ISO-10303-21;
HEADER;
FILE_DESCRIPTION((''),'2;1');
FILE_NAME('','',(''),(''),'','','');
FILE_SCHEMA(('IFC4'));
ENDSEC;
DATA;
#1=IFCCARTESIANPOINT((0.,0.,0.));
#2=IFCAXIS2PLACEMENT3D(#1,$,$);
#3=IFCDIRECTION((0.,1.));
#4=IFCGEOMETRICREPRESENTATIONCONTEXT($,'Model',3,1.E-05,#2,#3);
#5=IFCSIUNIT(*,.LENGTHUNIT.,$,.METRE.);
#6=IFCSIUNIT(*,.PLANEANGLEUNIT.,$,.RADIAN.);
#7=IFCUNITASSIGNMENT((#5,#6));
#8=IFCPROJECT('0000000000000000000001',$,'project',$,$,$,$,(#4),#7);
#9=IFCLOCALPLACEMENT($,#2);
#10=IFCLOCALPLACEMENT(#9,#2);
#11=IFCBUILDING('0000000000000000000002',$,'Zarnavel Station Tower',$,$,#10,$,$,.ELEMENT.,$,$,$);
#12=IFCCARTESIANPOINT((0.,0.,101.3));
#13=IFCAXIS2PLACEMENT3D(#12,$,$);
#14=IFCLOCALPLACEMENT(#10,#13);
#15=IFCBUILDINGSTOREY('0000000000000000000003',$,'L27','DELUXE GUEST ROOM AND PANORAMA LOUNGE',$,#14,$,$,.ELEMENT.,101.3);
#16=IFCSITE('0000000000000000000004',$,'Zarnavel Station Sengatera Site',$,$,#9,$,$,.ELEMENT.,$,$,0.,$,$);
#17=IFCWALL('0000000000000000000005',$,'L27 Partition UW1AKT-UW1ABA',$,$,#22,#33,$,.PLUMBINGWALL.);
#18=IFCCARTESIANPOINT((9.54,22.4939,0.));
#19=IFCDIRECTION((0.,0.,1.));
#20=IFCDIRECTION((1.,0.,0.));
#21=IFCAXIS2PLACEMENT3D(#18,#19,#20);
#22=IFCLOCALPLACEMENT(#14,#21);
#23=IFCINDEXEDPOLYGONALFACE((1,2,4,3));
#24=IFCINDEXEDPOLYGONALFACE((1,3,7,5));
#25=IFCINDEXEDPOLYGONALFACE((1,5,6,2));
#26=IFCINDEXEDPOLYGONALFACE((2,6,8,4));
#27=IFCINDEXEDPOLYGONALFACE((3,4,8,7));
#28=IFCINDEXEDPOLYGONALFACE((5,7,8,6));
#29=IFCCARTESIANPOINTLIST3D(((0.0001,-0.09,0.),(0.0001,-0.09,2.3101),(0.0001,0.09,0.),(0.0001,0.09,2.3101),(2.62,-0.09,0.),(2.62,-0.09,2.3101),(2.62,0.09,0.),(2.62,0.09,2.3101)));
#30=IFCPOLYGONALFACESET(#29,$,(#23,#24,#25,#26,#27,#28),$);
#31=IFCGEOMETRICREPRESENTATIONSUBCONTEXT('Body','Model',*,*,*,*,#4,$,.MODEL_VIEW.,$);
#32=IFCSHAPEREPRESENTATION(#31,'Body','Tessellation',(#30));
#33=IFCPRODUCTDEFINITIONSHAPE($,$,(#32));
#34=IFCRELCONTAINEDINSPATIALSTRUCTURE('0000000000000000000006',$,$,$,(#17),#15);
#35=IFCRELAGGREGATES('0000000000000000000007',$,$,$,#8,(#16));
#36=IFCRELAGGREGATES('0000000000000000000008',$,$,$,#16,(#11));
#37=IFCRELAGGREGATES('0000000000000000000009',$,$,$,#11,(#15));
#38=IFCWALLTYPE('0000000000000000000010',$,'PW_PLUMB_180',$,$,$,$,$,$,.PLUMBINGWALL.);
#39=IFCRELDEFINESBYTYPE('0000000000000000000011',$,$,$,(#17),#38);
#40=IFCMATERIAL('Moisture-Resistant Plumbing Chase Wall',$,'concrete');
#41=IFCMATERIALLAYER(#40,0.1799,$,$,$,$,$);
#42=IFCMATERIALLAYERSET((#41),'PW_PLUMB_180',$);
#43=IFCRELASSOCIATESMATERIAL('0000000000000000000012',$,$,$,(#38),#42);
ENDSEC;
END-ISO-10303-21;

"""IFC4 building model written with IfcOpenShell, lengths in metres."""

from ifc_helpers import new_model, si_unit, direction, frame, frame_2d, origin, place, context, subcontext, project, spatial, rectangle, extrude, material, layer, layer_set, type_object, element, save


model = new_model("IFC4")

# Units and contexts
model_context = context("Model", 3, precision=1e-05, world=origin(), true_north=direction((0.0, 1.0)))
body_context = subcontext(model_context, "Body", "Model", "MODEL_VIEW")
ifc_project = project(units=[si_unit("LENGTHUNIT", "METRE"), si_unit("PLANEANGLEUNIT", "RADIAN")], contexts=[model_context])

# Site, building, storey
site_placement = place(None, origin())
site = spatial("IfcSite", under=ifc_project, at=site_placement, Name="Zarnavel Station Sengatera Site", CompositionType="ELEMENT", RefElevation=0.0)
building_placement = place(site_placement, origin())
building = spatial("IfcBuilding", under=site, at=building_placement, Name="Zarnavel Station Tower", CompositionType="ELEMENT")
storey_placement = place(building_placement, frame((0.0, 0.0, 101.3)))
storey = spatial("IfcBuildingStorey", under=building, at=storey_placement, Name="L27", Description="DELUXE GUEST ROOM AND PANORAMA LOUNGE", CompositionType="ELEMENT", Elevation=101.3)

# Shared definitions
ifc_material_1 = material(Name="Moisture-Resistant Plumbing Chase Wall", Category="concrete")
ifc_layer_1 = layer(ifc_material_1, 0.1799)
ifc_layer_set_1 = layer_set([ifc_layer_1], Name="PW_PLUMB_180")
wall_type_1 = type_object("IfcWallType", Name="PW_PLUMB_180", PredefinedType="PLUMBINGWALL", material=ifc_layer_set_1)

# Wall
wall_1_placement = place(storey_placement, frame((9.54, 22.4939, 0.0), z_axis=(0.0, 0.0, 1.0), x_axis=(1.0, 0.0, 0.0)))
element("IfcWall", 1, at=wall_1_placement, inside=storey, type_object=wall_type_1, Name="L27 Partition UW1AKT-UW1ABA", PredefinedType="PLUMBINGWALL", context=body_context, shape_type="SweptSolid", body=[
    extrude(rectangle(XDim=2.6199, YDim=0.1799, at=frame_2d((1.3101, 0.0))), origin(), (0.0, 0.0, 1.0), 2.3101),
])

save(model, "model.ifc")
